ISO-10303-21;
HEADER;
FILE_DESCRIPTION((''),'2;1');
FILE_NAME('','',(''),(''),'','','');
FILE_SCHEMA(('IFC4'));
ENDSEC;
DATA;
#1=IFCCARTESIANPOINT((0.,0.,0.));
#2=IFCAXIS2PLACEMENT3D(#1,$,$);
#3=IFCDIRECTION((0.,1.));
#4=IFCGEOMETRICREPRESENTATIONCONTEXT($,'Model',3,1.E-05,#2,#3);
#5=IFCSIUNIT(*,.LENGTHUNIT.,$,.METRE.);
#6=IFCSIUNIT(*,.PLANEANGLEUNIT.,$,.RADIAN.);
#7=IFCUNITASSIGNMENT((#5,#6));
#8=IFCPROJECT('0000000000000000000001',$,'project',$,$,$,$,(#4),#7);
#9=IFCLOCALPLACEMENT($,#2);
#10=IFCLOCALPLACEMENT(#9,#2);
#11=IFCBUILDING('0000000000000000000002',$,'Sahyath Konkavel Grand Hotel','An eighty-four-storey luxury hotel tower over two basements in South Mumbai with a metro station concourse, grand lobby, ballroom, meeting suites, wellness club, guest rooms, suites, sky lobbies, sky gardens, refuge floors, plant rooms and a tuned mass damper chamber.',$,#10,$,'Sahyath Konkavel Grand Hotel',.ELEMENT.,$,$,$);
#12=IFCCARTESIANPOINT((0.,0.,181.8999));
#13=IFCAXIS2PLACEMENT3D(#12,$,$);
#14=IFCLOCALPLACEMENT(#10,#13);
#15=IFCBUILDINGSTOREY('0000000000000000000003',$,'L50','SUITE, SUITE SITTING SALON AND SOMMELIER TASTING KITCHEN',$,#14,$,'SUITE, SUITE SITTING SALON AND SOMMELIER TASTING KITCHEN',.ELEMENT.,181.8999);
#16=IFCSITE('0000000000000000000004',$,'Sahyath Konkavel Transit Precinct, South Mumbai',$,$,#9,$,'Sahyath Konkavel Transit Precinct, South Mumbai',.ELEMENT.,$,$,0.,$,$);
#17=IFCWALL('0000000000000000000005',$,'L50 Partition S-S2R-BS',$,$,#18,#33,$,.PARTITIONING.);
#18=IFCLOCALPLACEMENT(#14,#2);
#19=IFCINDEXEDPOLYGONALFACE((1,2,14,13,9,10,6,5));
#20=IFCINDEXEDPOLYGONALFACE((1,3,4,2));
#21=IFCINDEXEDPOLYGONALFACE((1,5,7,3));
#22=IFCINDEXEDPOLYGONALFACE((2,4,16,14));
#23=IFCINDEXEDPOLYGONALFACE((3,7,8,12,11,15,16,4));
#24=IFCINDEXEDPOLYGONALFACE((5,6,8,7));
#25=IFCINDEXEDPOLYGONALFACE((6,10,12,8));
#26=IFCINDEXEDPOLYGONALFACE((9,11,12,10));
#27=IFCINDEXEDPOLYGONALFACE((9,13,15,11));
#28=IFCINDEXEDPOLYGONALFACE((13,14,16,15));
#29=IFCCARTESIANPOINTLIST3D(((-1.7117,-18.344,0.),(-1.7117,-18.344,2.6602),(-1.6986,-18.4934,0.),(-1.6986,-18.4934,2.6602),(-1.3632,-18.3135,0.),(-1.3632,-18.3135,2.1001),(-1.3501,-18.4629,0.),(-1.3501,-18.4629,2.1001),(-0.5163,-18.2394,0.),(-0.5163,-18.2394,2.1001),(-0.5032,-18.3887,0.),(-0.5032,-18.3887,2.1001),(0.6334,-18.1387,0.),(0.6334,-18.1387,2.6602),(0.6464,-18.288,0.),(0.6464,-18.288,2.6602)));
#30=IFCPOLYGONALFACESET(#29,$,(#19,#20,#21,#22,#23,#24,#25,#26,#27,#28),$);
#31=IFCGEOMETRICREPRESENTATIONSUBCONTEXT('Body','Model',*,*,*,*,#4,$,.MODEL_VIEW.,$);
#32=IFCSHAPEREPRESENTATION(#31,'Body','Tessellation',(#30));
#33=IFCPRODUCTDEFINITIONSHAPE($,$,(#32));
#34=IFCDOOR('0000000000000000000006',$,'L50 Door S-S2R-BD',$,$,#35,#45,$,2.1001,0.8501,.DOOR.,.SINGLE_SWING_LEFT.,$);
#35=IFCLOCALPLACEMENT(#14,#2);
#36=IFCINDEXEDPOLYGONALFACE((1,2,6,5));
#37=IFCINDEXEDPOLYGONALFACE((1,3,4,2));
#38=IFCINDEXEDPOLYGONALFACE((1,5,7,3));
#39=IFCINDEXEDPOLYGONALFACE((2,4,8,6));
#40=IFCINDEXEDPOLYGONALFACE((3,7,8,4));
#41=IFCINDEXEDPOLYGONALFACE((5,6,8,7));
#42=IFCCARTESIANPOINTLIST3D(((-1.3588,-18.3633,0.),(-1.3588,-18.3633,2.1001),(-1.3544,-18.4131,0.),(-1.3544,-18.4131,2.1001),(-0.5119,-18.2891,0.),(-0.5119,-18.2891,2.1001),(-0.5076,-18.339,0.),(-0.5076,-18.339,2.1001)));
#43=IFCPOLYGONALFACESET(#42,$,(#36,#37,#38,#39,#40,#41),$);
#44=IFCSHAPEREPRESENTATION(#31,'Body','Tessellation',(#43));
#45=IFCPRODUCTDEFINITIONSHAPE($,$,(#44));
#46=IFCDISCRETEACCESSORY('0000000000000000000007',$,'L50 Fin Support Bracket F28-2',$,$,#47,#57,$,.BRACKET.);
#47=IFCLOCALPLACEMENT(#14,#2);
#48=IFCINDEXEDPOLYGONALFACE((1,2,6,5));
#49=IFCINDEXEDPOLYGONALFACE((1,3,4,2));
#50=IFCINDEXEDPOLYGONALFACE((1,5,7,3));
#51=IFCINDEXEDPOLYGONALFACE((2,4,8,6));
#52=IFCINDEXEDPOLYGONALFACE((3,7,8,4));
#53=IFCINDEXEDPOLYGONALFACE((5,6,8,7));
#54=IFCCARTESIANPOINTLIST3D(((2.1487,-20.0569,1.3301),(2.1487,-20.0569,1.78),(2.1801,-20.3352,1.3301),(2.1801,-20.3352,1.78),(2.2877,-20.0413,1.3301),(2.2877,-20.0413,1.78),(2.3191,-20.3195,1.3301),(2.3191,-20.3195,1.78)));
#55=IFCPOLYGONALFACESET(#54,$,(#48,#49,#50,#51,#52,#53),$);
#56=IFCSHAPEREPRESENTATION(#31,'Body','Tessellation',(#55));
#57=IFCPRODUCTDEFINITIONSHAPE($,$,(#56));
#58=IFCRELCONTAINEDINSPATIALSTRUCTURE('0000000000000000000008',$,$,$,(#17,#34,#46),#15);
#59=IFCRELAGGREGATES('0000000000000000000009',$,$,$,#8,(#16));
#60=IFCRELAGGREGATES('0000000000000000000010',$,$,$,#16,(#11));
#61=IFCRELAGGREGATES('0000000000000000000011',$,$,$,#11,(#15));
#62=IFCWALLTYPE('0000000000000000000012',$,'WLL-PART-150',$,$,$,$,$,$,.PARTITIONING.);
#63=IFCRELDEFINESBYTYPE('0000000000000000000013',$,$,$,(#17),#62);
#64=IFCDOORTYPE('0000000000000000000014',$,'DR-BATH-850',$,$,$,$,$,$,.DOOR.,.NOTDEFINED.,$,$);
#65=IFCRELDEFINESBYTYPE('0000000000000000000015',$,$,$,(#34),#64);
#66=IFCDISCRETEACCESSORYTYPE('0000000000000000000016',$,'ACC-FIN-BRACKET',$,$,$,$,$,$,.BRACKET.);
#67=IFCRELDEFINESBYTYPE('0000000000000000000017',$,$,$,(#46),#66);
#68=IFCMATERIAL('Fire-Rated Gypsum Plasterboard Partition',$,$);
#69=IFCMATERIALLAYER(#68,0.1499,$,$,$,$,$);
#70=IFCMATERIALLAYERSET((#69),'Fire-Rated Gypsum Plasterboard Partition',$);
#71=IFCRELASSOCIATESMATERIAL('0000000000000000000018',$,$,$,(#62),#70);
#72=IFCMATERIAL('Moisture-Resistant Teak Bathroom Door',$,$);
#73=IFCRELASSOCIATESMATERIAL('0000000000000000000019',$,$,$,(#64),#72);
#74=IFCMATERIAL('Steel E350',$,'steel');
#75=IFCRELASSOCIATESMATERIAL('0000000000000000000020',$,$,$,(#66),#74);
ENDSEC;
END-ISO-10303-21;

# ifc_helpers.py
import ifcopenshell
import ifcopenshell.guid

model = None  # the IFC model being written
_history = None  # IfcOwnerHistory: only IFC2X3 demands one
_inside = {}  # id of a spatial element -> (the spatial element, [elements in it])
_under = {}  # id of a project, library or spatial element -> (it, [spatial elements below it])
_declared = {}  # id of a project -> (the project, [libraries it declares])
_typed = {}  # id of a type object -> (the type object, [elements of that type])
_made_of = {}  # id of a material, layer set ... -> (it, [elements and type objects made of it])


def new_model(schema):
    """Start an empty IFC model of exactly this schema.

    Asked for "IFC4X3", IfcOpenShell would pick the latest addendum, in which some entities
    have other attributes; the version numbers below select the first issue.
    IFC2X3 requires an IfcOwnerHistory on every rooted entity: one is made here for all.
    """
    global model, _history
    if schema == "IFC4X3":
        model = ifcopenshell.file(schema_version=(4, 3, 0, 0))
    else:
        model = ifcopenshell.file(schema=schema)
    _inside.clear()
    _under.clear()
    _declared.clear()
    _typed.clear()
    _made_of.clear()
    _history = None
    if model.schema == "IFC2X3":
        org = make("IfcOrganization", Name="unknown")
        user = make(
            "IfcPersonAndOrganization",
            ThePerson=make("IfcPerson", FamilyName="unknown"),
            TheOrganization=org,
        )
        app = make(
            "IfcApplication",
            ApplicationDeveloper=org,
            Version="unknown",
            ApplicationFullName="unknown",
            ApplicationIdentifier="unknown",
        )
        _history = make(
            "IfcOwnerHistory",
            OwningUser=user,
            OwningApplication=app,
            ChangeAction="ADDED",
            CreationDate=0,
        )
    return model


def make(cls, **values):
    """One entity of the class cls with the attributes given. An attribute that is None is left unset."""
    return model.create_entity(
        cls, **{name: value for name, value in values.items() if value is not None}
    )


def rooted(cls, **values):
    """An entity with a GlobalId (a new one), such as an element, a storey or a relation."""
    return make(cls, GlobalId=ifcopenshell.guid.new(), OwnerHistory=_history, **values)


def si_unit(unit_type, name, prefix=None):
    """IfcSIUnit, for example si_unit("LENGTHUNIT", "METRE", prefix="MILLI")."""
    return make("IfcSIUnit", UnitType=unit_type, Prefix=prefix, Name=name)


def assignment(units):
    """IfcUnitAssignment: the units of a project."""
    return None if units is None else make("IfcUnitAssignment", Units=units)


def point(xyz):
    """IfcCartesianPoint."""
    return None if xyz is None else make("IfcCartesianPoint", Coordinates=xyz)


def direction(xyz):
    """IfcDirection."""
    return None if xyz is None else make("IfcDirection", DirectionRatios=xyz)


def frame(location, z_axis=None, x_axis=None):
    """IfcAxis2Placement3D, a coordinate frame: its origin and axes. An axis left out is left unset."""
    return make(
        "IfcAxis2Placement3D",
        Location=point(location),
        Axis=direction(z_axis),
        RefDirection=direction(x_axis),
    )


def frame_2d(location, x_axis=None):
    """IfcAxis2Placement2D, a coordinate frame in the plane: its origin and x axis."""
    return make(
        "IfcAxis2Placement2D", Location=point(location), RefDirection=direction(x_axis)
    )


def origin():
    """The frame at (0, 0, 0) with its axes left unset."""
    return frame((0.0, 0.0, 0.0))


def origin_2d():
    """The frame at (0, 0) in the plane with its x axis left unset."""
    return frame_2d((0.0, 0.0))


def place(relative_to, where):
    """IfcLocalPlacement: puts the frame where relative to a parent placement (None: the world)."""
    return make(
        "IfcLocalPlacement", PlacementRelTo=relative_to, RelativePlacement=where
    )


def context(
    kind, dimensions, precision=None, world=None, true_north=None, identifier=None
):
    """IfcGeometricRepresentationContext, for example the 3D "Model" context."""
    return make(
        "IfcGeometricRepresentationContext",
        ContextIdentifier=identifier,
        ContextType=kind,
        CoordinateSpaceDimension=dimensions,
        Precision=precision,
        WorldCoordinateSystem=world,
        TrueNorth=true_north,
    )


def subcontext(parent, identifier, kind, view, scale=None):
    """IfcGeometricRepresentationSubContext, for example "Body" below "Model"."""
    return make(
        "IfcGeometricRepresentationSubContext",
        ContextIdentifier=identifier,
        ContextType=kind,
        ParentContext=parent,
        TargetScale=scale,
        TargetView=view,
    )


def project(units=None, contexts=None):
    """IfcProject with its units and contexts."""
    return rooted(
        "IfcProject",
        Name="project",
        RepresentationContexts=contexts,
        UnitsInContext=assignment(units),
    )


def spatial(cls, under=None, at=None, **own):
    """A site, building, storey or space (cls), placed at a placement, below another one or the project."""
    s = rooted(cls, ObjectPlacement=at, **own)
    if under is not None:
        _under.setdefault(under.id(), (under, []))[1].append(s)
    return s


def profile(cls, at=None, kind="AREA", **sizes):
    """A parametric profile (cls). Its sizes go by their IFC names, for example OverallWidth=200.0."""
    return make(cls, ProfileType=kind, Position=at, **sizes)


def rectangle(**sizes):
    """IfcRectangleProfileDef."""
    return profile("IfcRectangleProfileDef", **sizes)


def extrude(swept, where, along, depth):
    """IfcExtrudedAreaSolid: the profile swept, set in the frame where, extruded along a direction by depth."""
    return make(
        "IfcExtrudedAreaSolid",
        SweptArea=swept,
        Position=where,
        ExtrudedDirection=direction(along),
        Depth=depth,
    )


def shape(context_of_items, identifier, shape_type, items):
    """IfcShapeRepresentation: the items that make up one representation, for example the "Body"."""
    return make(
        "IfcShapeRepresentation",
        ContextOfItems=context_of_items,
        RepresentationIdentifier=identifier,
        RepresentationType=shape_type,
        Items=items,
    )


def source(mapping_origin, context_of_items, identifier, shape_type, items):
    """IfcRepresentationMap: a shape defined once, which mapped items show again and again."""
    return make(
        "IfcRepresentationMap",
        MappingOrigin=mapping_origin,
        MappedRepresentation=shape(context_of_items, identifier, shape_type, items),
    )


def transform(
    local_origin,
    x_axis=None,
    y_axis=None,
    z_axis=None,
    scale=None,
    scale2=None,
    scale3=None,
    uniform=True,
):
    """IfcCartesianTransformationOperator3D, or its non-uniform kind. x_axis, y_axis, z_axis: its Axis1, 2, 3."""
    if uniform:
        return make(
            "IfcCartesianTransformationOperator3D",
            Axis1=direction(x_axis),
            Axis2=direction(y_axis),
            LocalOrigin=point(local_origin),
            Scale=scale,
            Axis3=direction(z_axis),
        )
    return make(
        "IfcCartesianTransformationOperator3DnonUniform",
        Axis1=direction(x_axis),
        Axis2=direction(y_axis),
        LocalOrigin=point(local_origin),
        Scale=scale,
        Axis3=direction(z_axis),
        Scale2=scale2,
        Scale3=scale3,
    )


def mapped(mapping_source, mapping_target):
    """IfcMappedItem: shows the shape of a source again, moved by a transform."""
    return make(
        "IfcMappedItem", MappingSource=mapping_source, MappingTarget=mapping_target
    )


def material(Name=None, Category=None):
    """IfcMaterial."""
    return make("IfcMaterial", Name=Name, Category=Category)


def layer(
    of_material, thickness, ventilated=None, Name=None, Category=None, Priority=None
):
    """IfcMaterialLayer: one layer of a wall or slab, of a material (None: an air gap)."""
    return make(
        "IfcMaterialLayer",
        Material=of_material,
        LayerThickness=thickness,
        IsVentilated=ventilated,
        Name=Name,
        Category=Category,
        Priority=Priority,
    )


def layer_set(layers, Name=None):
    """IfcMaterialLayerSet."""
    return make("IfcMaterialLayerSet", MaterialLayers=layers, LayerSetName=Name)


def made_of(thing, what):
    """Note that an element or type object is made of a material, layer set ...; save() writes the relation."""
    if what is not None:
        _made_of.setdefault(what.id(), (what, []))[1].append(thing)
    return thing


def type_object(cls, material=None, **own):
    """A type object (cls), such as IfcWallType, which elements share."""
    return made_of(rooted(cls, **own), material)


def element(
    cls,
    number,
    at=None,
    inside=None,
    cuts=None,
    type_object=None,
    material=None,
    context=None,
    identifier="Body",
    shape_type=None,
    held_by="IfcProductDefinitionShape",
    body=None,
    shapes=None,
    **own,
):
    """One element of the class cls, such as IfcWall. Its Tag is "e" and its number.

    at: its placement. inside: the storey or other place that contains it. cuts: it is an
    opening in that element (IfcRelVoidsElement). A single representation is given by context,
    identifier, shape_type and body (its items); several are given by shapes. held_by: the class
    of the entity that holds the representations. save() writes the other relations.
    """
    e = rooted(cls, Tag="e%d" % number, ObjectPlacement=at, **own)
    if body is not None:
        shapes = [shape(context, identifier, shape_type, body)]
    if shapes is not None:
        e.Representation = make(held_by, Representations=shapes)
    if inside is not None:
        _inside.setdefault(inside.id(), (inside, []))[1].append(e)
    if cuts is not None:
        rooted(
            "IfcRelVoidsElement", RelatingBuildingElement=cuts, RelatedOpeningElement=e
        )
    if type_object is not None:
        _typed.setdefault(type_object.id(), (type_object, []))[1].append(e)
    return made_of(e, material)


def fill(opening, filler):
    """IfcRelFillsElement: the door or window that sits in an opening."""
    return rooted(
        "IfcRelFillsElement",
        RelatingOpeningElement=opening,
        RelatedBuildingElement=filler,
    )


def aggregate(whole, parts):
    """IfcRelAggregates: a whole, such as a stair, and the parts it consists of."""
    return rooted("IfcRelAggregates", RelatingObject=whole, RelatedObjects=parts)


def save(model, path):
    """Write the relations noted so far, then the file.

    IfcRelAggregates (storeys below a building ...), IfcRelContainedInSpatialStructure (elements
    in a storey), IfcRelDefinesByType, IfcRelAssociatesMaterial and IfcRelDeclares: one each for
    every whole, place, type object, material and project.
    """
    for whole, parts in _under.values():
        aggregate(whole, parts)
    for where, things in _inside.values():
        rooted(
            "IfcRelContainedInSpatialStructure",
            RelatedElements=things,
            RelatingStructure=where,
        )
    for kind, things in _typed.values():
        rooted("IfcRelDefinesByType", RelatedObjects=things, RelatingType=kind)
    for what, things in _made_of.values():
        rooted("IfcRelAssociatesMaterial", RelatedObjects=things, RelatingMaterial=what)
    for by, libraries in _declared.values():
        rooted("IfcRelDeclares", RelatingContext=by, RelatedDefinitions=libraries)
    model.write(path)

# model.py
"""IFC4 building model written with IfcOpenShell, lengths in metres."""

from ifc_helpers import new_model, si_unit, direction, frame, frame_2d, origin, origin_2d, place, context, subcontext, project, spatial, rectangle, extrude, source, transform, mapped, material, layer, layer_set, type_object, element, fill, save


model = new_model("IFC4")

# Units and contexts
model_context = context("Model", 3, precision=1e-05, world=origin(), true_north=direction((0.0, 1.0)))
body_context = subcontext(model_context, "Body", "Model", "MODEL_VIEW")
ifc_project = project(units=[si_unit("LENGTHUNIT", "METRE"), si_unit("PLANEANGLEUNIT", "RADIAN")], contexts=[model_context])

# Site, building, storey
site_placement = place(None, origin())
site = spatial("IfcSite", under=ifc_project, at=site_placement, Name="Sahyath Konkavel Transit Precinct, South Mumbai", LongName="Sahyath Konkavel Transit Precinct, South Mumbai", CompositionType="ELEMENT", RefElevation=0.0)
building_placement = place(site_placement, origin())
building = spatial("IfcBuilding", under=site, at=building_placement, Name="Sahyath Konkavel Grand Hotel", Description="An eighty-four-storey luxury hotel tower over two basements in South Mumbai with a metro station concourse, grand lobby, ballroom, meeting suites, wellness club, guest rooms, suites, sky lobbies, sky gardens, refuge floors, plant rooms and a tuned mass damper chamber.", LongName="Sahyath Konkavel Grand Hotel", CompositionType="ELEMENT")
storey_placement = place(building_placement, frame((0.0, 0.0, 181.8999)))
storey = spatial("IfcBuildingStorey", under=building, at=storey_placement, Name="L50", Description="SUITE, SUITE SITTING SALON AND SOMMELIER TASTING KITCHEN", LongName="SUITE, SUITE SITTING SALON AND SOMMELIER TASTING KITCHEN", CompositionType="ELEMENT", Elevation=181.8999)

# Shared definitions
ifc_material_1 = material(Name="Steel E350", Category="steel")

# Shared definitions
ifc_material_2 = material(Name="Fire-Rated Gypsum Plasterboard Partition")
ifc_layer_1 = layer(ifc_material_2, 0.1499)
ifc_layer_set_1 = layer_set([ifc_layer_1], Name="Fire-Rated Gypsum Plasterboard Partition")
wall_type_1 = type_object("IfcWallType", Name="WLL-PART-150", PredefinedType="PARTITIONING", material=ifc_layer_set_1)
shared_shape_1 = source(origin(), body_context, "Body", "SweptSolid", [
    extrude(rectangle(XDim=0.8501, YDim=0.05, at=origin_2d()), origin(), (0.0, 0.0, 1.0), 2.1001),
])

# Wall, opening, door
ifc_material_3 = material(Name="Moisture-Resistant Teak Bathroom Door")
door_type_1 = type_object("IfcDoorType", Name="DR-BATH-850", OperationType="NOTDEFINED", PredefinedType="DOOR", material=ifc_material_3)
wall_1_placement = place(storey_placement, frame((0.6399, -18.2134, 0.0), z_axis=(0.0, 0.0, 1.0), x_axis=(-0.996189, -0.087225, 0.0)))
wall_1 = element("IfcWall", 1, at=wall_1_placement, inside=storey, type_object=wall_type_1, Name="L50 Partition S-S2R-BS", PredefinedType="PARTITIONING", context=body_context, shape_type="SweptSolid", body=[
    extrude(rectangle(XDim=2.354, YDim=0.1499, at=frame_2d((1.177, 0.0))), origin(), (0.0, 0.0, 1.0), 2.6602),
])
opening_1_placement = place(wall_1_placement, frame((1.1541, 0.0, 0.0)))
opening_1 = element("IfcOpeningElement", 2, at=opening_1_placement, cuts=wall_1, PredefinedType="OPENING", context=body_context, shape_type="SweptSolid", body=[
    extrude(rectangle(XDim=0.8501, YDim=2.1001, at=frame_2d((0.425, 1.05))), frame((0.0, 0.085, 0.0), z_axis=(0.0, -1.0, 0.0), x_axis=(1.0, 0.0, 0.0)), (0.0, 0.0, 1.0), 0.1699),
])
door_1_placement = place(opening_1_placement, frame((0.425, 0.0, 0.0)))
door_1 = element("IfcDoor", 3, at=door_1_placement, inside=storey, type_object=door_type_1, Name="L50 Door S-S2R-BD", OperationType="SINGLE_SWING_LEFT", OverallHeight=2.1001, OverallWidth=0.8501, PredefinedType="DOOR", context=body_context, shape_type="MappedRepresentation", body=[
    mapped(shared_shape_1, transform((0.0, 0.0, 0.0), scale=1.0)),
])
fill(opening_1, door_1)

# Discrete accessory
discrete_accessory_type = type_object("IfcDiscreteAccessoryType", Name="ACC-FIN-BRACKET", PredefinedType="BRACKET", material=ifc_material_1)
shared_shape_2 = source(origin(), body_context, "Body", "SweptSolid", [
    extrude(rectangle(XDim=0.28, YDim=0.1399, at=origin_2d()), origin(), (0.0, 0.0, 1.0), 0.45),
])
discrete_accessory_placement = place(storey_placement, frame((2.2339, -20.1882, 1.3301), z_axis=(0.0, 0.0, 1.0), x_axis=(0.112007, -0.993707, 0.0)))
element("IfcDiscreteAccessory", 4, at=discrete_accessory_placement, inside=storey, type_object=discrete_accessory_type, Name="L50 Fin Support Bracket F28-2", PredefinedType="BRACKET", context=body_context, shape_type="MappedRepresentation", body=[
    mapped(shared_shape_2, transform((0.0, 0.0, 0.0), scale=1.0)),
])

save(model, "model.ifc")
